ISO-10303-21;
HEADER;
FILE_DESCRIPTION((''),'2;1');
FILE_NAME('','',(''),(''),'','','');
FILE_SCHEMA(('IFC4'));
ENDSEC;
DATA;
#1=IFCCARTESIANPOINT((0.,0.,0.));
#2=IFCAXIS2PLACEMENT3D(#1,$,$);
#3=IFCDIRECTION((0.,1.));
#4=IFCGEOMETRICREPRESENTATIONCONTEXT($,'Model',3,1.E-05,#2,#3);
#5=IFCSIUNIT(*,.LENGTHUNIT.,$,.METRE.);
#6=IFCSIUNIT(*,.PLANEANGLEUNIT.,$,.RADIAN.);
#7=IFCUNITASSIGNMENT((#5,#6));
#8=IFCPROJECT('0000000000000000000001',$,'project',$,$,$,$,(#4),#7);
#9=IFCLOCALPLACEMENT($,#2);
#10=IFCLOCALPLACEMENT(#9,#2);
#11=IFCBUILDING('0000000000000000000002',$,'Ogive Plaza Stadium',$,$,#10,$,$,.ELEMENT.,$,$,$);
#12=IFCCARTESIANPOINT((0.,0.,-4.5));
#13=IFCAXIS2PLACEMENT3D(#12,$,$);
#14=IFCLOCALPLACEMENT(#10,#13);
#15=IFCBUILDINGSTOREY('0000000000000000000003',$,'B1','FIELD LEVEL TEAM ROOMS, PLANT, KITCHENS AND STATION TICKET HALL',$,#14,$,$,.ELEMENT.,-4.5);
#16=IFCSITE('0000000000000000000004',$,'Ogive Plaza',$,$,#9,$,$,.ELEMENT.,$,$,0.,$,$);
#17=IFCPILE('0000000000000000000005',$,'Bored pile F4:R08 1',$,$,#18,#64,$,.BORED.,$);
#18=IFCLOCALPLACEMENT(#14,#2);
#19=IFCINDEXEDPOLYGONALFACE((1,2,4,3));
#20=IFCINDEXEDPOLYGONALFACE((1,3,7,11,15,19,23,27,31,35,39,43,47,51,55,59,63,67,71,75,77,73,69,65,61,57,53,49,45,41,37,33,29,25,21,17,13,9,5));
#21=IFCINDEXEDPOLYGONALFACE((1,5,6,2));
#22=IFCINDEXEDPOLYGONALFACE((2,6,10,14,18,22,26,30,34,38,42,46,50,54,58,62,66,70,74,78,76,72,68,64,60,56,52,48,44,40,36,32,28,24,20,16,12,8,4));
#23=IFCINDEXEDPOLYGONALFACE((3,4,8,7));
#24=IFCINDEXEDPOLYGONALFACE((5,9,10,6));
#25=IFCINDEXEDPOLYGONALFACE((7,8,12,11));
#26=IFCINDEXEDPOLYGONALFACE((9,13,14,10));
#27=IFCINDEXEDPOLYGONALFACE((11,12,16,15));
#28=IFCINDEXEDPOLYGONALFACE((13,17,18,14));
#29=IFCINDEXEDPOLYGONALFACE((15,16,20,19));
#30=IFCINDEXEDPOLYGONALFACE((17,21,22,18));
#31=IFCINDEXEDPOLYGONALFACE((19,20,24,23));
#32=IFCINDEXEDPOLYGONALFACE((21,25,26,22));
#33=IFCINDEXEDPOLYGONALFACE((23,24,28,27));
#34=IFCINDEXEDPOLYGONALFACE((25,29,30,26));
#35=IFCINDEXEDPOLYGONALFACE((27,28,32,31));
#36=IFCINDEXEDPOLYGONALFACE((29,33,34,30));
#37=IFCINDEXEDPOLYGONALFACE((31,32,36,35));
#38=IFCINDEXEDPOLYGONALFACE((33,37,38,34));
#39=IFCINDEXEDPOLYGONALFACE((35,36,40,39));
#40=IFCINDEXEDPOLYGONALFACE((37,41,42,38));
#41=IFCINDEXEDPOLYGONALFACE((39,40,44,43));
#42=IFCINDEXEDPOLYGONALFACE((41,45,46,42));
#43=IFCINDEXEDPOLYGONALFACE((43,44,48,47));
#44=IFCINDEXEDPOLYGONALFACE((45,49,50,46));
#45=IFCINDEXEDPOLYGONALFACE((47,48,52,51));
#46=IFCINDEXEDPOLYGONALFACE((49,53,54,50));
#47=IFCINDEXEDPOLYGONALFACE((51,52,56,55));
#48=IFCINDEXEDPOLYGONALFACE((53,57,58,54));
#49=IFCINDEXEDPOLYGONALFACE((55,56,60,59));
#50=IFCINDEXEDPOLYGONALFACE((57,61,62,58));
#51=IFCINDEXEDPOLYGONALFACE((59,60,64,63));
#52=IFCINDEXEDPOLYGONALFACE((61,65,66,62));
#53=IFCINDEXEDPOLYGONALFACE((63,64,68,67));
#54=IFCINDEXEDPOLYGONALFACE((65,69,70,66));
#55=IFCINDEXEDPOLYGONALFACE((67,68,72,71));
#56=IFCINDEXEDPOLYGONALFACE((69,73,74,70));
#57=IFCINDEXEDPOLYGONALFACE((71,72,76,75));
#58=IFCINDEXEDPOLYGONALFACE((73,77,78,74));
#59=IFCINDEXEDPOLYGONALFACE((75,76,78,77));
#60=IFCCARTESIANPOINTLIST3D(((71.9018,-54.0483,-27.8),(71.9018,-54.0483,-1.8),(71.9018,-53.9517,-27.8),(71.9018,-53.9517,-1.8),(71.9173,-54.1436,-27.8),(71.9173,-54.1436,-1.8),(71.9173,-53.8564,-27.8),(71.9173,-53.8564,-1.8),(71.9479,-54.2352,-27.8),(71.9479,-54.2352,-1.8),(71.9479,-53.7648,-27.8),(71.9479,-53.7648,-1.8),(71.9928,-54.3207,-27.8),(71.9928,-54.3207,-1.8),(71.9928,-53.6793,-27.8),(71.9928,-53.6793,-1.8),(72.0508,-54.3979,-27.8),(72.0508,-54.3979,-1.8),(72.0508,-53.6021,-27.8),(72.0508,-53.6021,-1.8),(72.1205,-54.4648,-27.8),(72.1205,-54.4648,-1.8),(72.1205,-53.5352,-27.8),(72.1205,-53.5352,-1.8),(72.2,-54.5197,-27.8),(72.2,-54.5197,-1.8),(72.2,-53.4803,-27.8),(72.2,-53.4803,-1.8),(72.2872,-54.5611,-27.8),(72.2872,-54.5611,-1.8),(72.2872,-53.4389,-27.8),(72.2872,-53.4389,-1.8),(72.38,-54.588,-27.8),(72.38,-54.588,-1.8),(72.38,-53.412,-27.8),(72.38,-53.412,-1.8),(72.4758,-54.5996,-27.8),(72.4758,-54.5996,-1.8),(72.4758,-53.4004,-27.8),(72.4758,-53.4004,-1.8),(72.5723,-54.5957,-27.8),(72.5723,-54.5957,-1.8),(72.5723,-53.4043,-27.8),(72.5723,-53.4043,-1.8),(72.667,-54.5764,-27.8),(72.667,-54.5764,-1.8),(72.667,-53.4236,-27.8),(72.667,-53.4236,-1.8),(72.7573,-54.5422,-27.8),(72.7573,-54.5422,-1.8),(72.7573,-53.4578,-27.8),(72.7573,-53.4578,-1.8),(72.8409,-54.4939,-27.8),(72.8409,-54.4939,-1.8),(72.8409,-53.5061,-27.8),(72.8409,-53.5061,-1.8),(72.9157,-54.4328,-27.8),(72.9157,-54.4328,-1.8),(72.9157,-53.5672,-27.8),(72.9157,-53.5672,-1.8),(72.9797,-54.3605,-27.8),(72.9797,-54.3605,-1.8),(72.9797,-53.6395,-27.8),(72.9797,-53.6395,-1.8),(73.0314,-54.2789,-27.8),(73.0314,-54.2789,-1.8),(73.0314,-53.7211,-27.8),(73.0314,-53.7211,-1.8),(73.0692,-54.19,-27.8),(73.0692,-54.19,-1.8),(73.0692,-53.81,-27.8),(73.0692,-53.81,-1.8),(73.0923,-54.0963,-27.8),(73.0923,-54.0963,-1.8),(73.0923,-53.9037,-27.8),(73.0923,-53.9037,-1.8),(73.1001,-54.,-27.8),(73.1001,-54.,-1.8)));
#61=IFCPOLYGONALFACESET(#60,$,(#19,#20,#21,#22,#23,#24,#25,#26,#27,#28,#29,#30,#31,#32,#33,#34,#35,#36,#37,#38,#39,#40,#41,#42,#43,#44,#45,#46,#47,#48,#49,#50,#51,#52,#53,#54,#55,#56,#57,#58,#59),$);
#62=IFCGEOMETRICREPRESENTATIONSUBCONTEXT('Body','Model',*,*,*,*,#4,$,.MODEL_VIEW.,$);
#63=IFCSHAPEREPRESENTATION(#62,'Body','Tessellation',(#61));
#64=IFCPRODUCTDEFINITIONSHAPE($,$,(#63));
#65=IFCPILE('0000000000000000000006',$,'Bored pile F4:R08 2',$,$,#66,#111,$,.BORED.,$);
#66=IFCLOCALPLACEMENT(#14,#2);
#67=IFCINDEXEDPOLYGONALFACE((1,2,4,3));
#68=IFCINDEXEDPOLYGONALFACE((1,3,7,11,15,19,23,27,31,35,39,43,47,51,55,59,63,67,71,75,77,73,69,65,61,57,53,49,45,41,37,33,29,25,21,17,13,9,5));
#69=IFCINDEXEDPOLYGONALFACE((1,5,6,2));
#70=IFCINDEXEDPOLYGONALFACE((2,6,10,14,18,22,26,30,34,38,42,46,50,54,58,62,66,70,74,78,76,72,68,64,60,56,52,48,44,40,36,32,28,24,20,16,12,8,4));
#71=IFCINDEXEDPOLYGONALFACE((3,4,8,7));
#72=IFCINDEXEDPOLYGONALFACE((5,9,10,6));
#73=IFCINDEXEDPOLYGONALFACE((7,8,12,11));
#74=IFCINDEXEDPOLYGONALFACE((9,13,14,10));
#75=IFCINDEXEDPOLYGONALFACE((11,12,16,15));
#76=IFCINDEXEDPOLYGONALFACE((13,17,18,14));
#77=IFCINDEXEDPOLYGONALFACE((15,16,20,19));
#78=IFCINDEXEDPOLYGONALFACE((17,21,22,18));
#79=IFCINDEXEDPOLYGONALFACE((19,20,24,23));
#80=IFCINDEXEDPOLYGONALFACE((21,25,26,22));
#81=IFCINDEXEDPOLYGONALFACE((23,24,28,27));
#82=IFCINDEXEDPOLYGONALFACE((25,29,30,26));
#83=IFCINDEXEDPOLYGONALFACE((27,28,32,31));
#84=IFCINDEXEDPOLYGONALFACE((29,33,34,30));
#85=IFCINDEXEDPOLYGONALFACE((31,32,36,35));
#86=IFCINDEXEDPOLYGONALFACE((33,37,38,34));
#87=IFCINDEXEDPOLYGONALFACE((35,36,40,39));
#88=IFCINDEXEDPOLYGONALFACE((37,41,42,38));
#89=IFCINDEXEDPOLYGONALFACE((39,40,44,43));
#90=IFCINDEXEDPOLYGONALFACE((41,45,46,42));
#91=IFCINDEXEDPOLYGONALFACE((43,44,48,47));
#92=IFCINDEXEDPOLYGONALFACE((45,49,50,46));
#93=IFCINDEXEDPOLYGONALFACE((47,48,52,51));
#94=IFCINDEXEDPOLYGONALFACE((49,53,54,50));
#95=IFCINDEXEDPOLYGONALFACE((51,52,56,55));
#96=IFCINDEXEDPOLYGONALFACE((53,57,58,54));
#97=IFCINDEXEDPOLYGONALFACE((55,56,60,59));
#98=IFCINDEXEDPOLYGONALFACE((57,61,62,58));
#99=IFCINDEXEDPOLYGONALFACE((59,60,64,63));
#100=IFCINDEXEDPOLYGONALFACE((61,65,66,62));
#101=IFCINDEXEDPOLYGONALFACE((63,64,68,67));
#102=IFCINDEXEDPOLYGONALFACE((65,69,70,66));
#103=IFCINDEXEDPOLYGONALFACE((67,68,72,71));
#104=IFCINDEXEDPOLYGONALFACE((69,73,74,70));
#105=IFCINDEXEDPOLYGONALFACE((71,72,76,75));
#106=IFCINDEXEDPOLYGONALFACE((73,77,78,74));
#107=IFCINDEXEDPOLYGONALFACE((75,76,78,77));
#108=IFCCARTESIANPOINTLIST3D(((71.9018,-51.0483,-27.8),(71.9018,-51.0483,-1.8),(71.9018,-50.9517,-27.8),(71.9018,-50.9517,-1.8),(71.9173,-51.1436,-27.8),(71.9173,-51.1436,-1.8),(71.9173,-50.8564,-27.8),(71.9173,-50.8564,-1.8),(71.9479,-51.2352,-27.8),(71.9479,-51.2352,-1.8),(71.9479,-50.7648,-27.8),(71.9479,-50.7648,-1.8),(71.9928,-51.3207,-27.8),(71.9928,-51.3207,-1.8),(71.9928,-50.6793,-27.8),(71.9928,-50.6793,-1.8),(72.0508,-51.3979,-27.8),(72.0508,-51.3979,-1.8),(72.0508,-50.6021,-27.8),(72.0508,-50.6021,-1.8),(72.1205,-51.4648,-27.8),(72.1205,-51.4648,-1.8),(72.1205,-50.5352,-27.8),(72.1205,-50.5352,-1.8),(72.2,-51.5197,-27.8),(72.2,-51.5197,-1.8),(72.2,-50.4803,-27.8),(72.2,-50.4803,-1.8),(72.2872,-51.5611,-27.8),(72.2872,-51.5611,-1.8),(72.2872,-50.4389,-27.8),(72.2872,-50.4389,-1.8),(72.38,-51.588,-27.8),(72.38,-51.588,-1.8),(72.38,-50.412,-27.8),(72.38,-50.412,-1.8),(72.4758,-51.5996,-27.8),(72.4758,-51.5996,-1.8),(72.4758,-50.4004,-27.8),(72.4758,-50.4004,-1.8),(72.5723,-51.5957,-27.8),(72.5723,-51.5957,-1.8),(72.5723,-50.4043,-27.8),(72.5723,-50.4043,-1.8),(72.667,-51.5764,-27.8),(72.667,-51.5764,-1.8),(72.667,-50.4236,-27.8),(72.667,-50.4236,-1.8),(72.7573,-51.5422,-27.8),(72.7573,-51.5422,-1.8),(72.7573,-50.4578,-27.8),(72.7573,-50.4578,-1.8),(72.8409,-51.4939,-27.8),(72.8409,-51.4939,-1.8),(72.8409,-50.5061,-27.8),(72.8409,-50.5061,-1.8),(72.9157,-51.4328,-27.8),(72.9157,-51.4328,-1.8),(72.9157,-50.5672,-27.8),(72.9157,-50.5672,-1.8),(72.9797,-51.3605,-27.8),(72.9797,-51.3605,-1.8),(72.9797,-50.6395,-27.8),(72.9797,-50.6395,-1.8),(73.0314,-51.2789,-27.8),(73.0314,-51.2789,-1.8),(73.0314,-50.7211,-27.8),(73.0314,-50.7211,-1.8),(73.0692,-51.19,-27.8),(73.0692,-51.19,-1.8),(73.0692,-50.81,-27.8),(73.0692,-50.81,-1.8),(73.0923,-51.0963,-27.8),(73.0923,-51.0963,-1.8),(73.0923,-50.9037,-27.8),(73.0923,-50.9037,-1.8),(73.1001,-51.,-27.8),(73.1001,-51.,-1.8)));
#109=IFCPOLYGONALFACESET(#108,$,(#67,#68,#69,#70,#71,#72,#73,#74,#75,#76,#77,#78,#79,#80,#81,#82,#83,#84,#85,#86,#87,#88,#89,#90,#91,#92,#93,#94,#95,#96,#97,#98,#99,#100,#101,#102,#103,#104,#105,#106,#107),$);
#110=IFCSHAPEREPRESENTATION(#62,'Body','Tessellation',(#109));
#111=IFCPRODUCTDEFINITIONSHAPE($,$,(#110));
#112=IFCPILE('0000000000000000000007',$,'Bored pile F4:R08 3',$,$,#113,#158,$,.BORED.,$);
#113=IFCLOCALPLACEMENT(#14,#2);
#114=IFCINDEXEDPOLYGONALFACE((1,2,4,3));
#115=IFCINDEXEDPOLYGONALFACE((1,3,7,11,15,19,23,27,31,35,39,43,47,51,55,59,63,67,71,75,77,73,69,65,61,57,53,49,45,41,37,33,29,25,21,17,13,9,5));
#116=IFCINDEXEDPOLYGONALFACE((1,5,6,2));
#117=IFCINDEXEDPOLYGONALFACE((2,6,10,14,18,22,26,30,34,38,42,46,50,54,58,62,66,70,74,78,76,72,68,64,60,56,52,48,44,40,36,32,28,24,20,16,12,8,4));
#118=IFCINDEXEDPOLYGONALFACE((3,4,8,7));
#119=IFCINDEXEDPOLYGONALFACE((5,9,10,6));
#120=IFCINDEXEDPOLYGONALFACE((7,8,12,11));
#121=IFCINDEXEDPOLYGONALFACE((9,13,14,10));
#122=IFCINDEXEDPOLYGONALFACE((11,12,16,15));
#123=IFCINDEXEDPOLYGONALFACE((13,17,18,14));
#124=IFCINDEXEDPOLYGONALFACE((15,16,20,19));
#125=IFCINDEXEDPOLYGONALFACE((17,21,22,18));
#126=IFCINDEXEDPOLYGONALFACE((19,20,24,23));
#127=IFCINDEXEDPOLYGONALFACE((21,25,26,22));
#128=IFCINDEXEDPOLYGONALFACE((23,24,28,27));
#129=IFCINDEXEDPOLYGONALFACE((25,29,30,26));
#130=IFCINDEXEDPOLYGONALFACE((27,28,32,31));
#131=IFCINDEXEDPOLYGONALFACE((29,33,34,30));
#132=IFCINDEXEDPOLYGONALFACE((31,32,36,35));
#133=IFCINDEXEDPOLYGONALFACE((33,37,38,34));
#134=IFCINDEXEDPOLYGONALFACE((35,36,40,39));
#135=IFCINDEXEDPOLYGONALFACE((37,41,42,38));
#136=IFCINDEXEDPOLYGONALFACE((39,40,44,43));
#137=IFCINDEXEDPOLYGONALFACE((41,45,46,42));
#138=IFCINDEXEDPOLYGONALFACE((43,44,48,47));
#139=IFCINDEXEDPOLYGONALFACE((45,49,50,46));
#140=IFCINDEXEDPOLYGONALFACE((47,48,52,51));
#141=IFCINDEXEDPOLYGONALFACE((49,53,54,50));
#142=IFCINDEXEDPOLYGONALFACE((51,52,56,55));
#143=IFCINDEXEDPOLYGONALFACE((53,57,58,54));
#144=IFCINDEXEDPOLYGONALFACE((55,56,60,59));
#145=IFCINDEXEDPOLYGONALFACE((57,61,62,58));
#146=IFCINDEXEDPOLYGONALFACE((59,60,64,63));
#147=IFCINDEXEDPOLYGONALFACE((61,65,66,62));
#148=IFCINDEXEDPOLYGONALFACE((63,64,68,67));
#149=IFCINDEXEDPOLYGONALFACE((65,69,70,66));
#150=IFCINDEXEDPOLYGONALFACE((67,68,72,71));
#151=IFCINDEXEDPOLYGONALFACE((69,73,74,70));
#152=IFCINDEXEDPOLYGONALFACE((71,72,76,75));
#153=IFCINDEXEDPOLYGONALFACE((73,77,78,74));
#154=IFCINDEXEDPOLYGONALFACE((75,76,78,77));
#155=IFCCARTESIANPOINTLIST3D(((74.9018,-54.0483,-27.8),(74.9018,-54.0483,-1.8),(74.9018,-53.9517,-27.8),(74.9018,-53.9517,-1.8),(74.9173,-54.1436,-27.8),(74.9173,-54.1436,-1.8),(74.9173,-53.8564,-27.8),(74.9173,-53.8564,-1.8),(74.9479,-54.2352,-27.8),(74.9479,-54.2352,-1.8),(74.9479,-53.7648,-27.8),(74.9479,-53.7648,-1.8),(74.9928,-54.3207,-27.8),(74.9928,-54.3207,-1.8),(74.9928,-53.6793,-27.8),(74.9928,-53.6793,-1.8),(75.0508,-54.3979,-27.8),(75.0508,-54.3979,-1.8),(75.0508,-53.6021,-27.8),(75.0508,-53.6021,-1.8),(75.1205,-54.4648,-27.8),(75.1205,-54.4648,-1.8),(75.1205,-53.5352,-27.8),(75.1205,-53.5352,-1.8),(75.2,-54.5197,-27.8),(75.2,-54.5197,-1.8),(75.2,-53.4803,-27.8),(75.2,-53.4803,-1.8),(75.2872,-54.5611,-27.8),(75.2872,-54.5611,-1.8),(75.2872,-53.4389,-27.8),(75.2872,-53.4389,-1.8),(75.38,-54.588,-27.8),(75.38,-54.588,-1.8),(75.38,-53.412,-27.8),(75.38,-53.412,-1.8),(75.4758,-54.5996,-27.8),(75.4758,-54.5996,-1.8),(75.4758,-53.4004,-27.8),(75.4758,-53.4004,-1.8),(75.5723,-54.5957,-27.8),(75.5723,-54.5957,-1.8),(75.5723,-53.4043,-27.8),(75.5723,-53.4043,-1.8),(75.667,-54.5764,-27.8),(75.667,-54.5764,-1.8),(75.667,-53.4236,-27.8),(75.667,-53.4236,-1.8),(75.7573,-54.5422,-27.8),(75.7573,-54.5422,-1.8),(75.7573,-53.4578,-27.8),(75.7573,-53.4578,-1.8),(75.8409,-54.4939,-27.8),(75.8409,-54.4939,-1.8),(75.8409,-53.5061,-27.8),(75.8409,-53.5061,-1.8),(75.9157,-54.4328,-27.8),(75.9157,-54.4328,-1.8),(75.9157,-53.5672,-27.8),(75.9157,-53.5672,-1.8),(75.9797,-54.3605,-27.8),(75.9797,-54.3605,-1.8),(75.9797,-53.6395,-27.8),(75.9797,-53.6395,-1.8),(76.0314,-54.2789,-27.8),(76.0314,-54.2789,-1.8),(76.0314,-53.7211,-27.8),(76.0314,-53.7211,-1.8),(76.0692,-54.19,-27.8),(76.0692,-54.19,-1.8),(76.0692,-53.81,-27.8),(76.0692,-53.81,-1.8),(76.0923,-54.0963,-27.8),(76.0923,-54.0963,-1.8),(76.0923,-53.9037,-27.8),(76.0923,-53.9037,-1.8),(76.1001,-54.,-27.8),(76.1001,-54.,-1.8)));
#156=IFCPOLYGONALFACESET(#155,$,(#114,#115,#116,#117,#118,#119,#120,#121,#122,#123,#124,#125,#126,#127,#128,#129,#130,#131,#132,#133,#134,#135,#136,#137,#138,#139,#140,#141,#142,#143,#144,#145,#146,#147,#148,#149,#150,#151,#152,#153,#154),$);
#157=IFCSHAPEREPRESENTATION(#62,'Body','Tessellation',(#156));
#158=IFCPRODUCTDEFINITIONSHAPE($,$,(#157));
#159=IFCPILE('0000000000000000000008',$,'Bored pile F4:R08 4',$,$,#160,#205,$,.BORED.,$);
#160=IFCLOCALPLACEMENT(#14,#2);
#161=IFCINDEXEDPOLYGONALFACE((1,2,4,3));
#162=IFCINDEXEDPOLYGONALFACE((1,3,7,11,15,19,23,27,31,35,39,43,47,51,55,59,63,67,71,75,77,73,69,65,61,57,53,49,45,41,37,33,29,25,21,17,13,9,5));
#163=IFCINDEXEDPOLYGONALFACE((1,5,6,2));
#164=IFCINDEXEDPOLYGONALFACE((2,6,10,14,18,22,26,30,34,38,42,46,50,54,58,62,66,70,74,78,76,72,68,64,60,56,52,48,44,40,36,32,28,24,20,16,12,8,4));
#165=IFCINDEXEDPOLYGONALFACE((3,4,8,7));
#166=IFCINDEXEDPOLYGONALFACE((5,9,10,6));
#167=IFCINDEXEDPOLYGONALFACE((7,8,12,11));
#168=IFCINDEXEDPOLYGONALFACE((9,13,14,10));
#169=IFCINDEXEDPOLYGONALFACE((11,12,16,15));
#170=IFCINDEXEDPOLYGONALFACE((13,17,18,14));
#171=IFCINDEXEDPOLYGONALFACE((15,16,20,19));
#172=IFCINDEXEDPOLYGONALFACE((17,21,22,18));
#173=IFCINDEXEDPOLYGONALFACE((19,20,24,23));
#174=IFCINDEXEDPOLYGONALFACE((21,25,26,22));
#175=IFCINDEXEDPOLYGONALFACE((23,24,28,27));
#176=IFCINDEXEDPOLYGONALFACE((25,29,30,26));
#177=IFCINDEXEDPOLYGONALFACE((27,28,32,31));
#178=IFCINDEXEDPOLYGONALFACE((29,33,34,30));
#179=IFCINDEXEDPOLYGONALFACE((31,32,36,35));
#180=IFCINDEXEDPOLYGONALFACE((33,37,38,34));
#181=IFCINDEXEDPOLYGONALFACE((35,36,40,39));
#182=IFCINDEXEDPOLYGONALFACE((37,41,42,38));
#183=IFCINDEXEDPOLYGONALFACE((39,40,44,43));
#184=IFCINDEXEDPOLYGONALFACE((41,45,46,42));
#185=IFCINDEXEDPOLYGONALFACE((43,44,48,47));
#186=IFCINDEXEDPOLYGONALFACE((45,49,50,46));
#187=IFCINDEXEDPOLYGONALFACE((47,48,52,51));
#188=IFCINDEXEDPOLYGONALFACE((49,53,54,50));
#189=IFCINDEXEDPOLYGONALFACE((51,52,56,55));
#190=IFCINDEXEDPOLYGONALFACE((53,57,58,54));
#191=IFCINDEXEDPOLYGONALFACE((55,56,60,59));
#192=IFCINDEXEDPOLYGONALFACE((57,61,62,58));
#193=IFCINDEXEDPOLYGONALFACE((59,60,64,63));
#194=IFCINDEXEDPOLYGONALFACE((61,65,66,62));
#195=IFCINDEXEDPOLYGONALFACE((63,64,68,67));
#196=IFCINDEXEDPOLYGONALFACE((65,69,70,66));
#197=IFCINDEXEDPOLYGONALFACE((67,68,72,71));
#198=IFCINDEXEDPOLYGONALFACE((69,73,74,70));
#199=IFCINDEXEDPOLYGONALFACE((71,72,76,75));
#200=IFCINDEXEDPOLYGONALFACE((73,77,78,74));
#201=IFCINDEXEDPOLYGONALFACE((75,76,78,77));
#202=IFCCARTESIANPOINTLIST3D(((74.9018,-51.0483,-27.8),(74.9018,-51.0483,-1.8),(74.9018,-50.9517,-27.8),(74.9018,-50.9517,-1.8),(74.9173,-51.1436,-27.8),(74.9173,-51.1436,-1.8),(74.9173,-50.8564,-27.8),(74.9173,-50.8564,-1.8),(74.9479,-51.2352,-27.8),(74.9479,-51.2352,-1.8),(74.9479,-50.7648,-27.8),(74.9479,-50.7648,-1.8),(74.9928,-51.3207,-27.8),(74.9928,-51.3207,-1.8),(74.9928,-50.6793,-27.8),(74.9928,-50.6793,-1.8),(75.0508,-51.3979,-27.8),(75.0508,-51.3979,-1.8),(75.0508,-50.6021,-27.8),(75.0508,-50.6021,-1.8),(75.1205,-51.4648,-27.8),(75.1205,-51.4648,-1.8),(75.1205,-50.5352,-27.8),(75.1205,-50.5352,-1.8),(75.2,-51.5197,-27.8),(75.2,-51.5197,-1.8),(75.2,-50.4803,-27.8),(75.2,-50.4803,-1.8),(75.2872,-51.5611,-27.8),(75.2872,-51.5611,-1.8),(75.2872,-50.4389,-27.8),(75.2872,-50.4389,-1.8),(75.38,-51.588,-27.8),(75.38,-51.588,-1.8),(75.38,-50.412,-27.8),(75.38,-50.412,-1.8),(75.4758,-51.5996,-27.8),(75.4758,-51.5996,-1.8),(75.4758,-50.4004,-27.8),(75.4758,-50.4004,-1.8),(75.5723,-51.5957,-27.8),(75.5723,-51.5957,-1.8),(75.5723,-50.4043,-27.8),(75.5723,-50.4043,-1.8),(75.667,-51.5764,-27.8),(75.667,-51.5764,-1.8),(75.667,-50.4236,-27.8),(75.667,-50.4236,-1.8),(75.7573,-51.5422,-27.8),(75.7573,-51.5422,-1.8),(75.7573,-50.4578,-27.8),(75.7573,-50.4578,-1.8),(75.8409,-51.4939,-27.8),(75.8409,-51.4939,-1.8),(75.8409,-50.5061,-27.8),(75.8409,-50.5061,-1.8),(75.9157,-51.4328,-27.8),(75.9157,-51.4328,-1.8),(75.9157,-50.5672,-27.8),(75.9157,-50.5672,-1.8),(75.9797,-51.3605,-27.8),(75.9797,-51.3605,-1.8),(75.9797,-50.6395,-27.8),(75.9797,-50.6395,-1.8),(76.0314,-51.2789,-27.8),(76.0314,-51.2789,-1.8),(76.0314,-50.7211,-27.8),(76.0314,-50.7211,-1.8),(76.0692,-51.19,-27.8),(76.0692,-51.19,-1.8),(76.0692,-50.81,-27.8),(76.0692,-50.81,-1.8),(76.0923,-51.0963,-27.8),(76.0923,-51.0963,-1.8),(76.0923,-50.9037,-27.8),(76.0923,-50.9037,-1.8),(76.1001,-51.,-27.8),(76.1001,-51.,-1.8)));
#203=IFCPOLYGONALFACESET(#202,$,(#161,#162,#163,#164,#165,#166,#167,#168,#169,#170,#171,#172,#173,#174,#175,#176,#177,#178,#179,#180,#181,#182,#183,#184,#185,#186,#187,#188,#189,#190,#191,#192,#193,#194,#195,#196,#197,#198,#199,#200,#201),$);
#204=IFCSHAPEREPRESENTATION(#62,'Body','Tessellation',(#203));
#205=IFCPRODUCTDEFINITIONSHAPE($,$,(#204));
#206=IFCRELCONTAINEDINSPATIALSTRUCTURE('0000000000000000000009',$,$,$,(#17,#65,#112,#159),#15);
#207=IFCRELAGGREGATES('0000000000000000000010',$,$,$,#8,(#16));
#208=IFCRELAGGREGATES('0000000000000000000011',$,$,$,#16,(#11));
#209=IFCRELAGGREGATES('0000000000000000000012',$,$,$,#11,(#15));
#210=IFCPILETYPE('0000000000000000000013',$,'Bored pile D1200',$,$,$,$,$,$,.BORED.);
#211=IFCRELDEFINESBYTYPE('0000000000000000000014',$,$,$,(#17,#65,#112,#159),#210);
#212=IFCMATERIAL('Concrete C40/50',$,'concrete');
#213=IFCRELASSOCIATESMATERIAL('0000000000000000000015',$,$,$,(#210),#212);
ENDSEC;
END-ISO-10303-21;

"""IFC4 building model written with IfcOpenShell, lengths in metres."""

from ifc_helpers import new_model, si_unit, direction, frame, origin, origin_2d, place, context, subcontext, project, spatial, circle, extrude, material, material_profile, profile_set, type_object, element, save


model = new_model("IFC4")

# Units and contexts
model_context = context("Model", 3, precision=1e-05, world=origin(), true_north=direction((0.0, 1.0)))
body_context = subcontext(model_context, "Body", "Model", "MODEL_VIEW")
ifc_project = project(units=[si_unit("LENGTHUNIT", "METRE"), si_unit("PLANEANGLEUNIT", "RADIAN")], contexts=[model_context])

# Site, building, storey
site_placement = place(None, origin())
site = spatial("IfcSite", under=ifc_project, at=site_placement, Name="Ogive Plaza", CompositionType="ELEMENT", RefElevation=0.0)
building_placement = place(site_placement, origin())
building = spatial("IfcBuilding", under=site, at=building_placement, Name="Ogive Plaza Stadium", CompositionType="ELEMENT")
storey_placement = place(building_placement, frame((0.0, 0.0, -4.5)))
storey = spatial("IfcBuildingStorey", under=building, at=storey_placement, Name="B1", Description="FIELD LEVEL TEAM ROOMS, PLANT, KITCHENS AND STATION TICKET HALL", CompositionType="ELEMENT", Elevation=-4.5)

# Piles
ifc_material_1 = material(Name="Concrete C40/50", Category="concrete")
ifc_material_profile_1 = material_profile(ifc_material_1, circle(Radius=0.6001, at=origin_2d()), Name="RC D1200")
ifc_profile_set_1 = profile_set([ifc_material_profile_1], Name="Concrete C40/50")
pile_type_1 = type_object("IfcPileType", Name="Bored pile D1200", PredefinedType="BORED", material=ifc_profile_set_1)
for number, where, z_axis, x_axis, name in (
    (1, (72.5, -54.0, -1.8), (0.0, 0.0, -1.0), (1.0, 0.0, 0.0), "Bored pile F4:R08 1"),
    (2, (72.5, -51.0, -1.8), (0.0, 0.0, -1.0), (1.0, 0.0, 0.0), "Bored pile F4:R08 2"),
    (3, (75.5, -54.0, -1.8), (0.0, 0.0, -1.0), (1.0, 0.0, 0.0), "Bored pile F4:R08 3"),
    (4, (75.5, -51.0, -1.8), (0.0, 0.0, -1.0), (1.0, 0.0, 0.0), "Bored pile F4:R08 4"),
):
    element("IfcPile", number, at=place(storey_placement, frame(where, z_axis=z_axis, x_axis=x_axis)), inside=storey, type_object=pile_type_1, Name=name, PredefinedType="BORED", context=body_context, shape_type="SweptSolid", body=[
        extrude(circle(Radius=0.6001, at=origin_2d()), origin(), (0.0, 0.0, 1.0), 26.0),
    ])

save(model, "model.ifc")
